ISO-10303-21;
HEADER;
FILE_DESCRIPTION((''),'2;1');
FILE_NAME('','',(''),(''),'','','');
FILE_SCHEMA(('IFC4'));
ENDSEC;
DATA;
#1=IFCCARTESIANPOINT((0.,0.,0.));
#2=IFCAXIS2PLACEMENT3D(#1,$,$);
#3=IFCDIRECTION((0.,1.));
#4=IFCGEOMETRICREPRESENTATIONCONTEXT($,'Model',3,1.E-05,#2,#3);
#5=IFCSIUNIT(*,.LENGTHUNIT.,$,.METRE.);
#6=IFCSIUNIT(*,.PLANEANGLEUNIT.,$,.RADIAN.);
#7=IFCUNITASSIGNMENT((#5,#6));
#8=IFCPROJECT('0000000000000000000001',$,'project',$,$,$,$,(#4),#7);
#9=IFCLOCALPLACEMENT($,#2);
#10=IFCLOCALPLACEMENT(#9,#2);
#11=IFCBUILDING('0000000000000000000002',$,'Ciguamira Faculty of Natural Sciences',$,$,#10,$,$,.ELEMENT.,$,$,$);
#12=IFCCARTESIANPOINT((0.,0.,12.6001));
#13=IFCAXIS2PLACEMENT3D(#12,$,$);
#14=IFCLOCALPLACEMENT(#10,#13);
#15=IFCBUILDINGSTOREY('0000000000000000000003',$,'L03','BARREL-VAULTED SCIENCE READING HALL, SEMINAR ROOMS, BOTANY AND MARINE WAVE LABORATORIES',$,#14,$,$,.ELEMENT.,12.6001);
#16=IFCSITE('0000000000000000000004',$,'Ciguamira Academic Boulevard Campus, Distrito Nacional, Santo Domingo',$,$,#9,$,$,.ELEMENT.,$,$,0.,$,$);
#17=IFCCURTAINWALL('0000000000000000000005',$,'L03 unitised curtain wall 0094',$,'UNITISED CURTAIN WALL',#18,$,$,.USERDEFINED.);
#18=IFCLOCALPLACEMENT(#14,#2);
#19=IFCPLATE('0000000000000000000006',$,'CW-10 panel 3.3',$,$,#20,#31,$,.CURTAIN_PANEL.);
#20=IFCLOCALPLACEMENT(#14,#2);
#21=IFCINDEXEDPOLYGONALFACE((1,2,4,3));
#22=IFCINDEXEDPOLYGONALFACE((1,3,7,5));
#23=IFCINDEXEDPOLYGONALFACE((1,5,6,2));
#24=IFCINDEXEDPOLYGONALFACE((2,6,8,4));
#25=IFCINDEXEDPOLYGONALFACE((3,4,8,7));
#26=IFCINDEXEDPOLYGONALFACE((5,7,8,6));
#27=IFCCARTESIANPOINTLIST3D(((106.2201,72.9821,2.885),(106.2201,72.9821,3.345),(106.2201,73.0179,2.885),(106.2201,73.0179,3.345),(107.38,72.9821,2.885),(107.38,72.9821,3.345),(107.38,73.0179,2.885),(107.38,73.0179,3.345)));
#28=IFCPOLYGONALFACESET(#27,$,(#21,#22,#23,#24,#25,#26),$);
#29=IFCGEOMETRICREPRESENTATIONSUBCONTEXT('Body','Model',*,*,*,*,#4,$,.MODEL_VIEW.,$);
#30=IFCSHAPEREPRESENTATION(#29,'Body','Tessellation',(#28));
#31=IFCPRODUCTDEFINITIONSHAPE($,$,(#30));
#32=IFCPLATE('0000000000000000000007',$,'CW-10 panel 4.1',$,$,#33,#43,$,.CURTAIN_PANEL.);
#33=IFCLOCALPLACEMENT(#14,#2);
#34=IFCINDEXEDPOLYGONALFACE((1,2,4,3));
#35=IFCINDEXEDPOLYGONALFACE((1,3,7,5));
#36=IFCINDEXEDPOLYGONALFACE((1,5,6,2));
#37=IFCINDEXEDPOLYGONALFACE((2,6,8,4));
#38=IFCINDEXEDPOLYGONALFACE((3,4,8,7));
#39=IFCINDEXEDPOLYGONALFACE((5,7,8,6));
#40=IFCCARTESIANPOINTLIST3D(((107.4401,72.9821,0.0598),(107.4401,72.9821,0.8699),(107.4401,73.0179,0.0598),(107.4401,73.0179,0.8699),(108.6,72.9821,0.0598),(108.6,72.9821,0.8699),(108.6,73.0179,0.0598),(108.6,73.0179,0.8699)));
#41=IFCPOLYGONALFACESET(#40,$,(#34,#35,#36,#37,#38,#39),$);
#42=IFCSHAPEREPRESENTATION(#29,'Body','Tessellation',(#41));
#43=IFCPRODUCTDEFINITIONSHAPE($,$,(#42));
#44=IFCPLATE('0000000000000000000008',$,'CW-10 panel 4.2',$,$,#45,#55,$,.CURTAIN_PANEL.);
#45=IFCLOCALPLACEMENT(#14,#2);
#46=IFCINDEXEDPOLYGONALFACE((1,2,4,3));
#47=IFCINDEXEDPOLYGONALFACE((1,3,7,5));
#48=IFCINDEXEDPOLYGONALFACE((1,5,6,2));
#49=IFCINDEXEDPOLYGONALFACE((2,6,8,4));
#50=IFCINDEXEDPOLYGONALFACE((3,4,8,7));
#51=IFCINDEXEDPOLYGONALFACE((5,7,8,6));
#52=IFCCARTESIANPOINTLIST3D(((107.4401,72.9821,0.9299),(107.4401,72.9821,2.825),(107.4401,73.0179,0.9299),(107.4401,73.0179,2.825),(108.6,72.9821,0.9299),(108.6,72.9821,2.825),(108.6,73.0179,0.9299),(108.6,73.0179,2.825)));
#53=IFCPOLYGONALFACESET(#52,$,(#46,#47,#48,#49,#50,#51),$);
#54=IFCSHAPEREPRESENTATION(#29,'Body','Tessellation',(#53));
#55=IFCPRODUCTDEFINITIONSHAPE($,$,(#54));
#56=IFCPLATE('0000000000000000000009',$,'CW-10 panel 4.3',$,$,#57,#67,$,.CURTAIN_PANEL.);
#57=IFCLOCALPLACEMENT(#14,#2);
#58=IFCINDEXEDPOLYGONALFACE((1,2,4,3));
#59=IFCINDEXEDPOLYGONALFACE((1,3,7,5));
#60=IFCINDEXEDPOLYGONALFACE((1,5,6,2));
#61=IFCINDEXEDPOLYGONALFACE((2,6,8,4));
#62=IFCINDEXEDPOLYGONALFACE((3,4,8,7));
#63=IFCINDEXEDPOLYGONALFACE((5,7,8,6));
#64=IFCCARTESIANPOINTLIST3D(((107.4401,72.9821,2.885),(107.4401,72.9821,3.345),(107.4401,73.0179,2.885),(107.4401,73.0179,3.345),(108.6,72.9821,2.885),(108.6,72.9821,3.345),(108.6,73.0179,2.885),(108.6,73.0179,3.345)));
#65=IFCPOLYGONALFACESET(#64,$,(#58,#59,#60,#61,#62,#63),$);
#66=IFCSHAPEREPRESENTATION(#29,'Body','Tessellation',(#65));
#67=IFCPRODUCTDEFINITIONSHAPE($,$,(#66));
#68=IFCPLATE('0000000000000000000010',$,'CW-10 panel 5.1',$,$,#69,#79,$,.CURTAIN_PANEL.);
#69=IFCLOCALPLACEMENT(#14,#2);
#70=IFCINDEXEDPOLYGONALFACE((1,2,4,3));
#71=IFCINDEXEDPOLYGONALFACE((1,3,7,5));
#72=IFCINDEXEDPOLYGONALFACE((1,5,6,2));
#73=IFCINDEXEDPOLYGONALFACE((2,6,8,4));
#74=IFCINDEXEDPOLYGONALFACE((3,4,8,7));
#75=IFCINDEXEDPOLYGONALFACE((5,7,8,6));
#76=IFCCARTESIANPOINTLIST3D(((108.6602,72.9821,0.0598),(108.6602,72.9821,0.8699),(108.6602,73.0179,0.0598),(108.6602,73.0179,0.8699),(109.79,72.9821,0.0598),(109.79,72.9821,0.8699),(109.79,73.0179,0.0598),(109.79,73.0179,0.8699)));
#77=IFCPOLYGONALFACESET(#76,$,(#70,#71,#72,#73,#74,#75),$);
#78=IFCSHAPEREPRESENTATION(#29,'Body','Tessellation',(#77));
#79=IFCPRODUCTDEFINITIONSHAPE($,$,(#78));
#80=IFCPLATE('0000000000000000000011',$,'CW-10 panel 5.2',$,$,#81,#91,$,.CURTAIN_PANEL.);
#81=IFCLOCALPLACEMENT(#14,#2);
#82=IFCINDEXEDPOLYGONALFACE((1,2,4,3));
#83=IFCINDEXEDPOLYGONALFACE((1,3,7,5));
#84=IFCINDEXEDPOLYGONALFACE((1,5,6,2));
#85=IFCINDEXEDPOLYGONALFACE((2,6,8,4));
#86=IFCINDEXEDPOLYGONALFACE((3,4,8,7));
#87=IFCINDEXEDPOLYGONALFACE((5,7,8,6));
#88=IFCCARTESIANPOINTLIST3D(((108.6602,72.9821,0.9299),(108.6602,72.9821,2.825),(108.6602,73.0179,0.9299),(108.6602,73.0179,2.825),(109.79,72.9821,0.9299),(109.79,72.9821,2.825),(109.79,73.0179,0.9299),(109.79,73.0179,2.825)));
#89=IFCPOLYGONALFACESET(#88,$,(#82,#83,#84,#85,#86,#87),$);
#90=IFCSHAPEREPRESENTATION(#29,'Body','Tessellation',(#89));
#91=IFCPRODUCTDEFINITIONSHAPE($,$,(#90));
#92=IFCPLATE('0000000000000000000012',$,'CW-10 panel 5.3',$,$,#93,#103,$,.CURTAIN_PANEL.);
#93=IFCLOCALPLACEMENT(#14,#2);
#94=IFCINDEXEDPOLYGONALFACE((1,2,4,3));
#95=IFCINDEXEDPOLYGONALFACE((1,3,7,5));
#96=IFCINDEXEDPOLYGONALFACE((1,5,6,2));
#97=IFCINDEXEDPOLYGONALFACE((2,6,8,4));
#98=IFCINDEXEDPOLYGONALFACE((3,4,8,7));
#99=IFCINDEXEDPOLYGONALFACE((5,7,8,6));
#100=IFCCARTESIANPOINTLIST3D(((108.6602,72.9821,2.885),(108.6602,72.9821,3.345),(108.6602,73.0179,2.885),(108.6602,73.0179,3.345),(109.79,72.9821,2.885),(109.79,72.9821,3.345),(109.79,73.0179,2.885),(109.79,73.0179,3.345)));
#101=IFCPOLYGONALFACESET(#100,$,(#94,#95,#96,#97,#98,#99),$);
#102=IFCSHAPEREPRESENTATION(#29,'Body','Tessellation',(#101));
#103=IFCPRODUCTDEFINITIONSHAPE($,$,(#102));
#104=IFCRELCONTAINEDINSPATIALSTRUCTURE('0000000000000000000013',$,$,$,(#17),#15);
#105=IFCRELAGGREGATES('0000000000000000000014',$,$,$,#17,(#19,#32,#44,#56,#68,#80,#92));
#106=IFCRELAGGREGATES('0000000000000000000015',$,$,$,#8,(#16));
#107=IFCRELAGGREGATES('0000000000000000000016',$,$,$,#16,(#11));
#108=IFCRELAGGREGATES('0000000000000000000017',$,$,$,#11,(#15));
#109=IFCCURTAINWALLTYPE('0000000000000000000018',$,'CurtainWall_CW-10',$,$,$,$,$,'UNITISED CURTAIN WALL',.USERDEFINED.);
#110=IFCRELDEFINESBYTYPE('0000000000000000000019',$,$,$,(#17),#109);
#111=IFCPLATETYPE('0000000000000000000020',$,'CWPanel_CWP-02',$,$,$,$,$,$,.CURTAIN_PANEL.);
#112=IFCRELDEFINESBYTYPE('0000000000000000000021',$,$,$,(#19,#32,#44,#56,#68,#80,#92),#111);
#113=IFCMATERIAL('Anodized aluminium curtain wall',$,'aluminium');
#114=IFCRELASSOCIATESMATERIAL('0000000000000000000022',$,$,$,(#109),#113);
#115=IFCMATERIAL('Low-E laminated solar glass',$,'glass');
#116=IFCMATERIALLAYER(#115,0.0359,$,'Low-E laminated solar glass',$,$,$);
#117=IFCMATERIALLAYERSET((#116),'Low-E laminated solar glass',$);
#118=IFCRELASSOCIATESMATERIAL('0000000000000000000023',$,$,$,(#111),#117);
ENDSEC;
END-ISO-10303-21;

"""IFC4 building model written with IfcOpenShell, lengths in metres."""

from ifc_helpers import new_model, si_unit, direction, frame, origin, origin_2d, place, context, subcontext, project, spatial, rectangle, extrude, material, layer, layer_set, type_object, element, aggregate, save


model = new_model("IFC4")

# Units and contexts
model_context = context("Model", 3, precision=1e-05, world=origin(), true_north=direction((0.0, 1.0)))
body_context = subcontext(model_context, "Body", "Model", "MODEL_VIEW")
ifc_project = project(units=[si_unit("LENGTHUNIT", "METRE"), si_unit("PLANEANGLEUNIT", "RADIAN")], contexts=[model_context])

# Site, building, storey
site_placement = place(None, origin())
site = spatial("IfcSite", under=ifc_project, at=site_placement, Name="Ciguamira Academic Boulevard Campus, Distrito Nacional, Santo Domingo", CompositionType="ELEMENT", RefElevation=0.0)
building_placement = place(site_placement, origin())
building = spatial("IfcBuilding", under=site, at=building_placement, Name="Ciguamira Faculty of Natural Sciences", CompositionType="ELEMENT")
storey_placement = place(building_placement, frame((0.0, 0.0, 12.6001)))
storey = spatial("IfcBuildingStorey", under=building, at=storey_placement, Name="L03", Description="BARREL-VAULTED SCIENCE READING HALL, SEMINAR ROOMS, BOTANY AND MARINE WAVE LABORATORIES", CompositionType="ELEMENT", Elevation=12.6001)

# Curtain wall
ifc_material_1 = material(Name="Anodized aluminium curtain wall", Category="aluminium")
curtain_wall_type = type_object("IfcCurtainWallType", Name="CurtainWall_CW-10", ElementType="UNITISED CURTAIN WALL", PredefinedType="USERDEFINED", material=ifc_material_1)
curtain_wall_placement = place(storey_placement, origin())
curtain_wall = element("IfcCurtainWall", 1, at=curtain_wall_placement, inside=storey, type_object=curtain_wall_type, Name="L03 unitised curtain wall 0094", ObjectType="UNITISED CURTAIN WALL", PredefinedType="USERDEFINED")

# Plates
ifc_material_2 = material(Name="Low-E laminated solar glass", Category="glass")
ifc_layer = layer(ifc_material_2, 0.0359, Name="Low-E laminated solar glass")
ifc_layer_set = layer_set([ifc_layer], Name="Low-E laminated solar glass")
plate_type = type_object("IfcPlateType", Name="CWPanel_CWP-02", PredefinedType="CURTAIN_PANEL", material=ifc_layer_set)
plate_1_placement = place(storey_placement, frame((106.8, 73.0, 2.885), z_axis=(0.0, 0.0, 1.0), x_axis=(1.0, 0.0, 0.0)))
plate_1 = element("IfcPlate", 2, at=plate_1_placement, type_object=plate_type, Name="CW-10 panel 3.3", PredefinedType="CURTAIN_PANEL", context=body_context, shape_type="SweptSolid", body=[
    extrude(rectangle(XDim=1.1599, YDim=0.0359, at=origin_2d()), origin(), (0.0, 0.0, 1.0), 0.46),
])
plate_2_placement = place(storey_placement, frame((108.02, 73.0, 0.0598), z_axis=(0.0, 0.0, 1.0), x_axis=(1.0, 0.0, 0.0)))
plate_2 = element("IfcPlate", 3, at=plate_2_placement, type_object=plate_type, Name="CW-10 panel 4.1", PredefinedType="CURTAIN_PANEL", context=body_context, shape_type="SweptSolid", body=[
    extrude(rectangle(XDim=1.1599, YDim=0.0359, at=origin_2d()), origin(), (0.0, 0.0, 1.0), 0.8101),
])
plate_3_placement = place(storey_placement, frame((108.02, 73.0, 0.9299), z_axis=(0.0, 0.0, 1.0), x_axis=(1.0, 0.0, 0.0)))
plate_3 = element("IfcPlate", 4, at=plate_3_placement, type_object=plate_type, Name="CW-10 panel 4.2", PredefinedType="CURTAIN_PANEL", context=body_context, shape_type="SweptSolid", body=[
    extrude(rectangle(XDim=1.1599, YDim=0.0359, at=origin_2d()), origin(), (0.0, 0.0, 1.0), 1.895),
])
plate_4_placement = place(storey_placement, frame((108.02, 73.0, 2.885), z_axis=(0.0, 0.0, 1.0), x_axis=(1.0, 0.0, 0.0)))
plate_4 = element("IfcPlate", 5, at=plate_4_placement, type_object=plate_type, Name="CW-10 panel 4.3", PredefinedType="CURTAIN_PANEL", context=body_context, shape_type="SweptSolid", body=[
    extrude(rectangle(XDim=1.1599, YDim=0.0359, at=origin_2d()), origin(), (0.0, 0.0, 1.0), 0.46),
])
plate_5_placement = place(storey_placement, frame((109.2251, 73.0, 0.0598), z_axis=(0.0, 0.0, 1.0), x_axis=(1.0, 0.0, 0.0)))
plate_5 = element("IfcPlate", 6, at=plate_5_placement, type_object=plate_type, Name="CW-10 panel 5.1", PredefinedType="CURTAIN_PANEL", context=body_context, shape_type="SweptSolid", body=[
    extrude(rectangle(XDim=1.1299, YDim=0.0359, at=origin_2d()), origin(), (0.0, 0.0, 1.0), 0.8101),
])
plate_6_placement = place(storey_placement, frame((109.2251, 73.0, 0.9299), z_axis=(0.0, 0.0, 1.0), x_axis=(1.0, 0.0, 0.0)))
plate_6 = element("IfcPlate", 7, at=plate_6_placement, type_object=plate_type, Name="CW-10 panel 5.2", PredefinedType="CURTAIN_PANEL", context=body_context, shape_type="SweptSolid", body=[
    extrude(rectangle(XDim=1.1299, YDim=0.0359, at=origin_2d()), origin(), (0.0, 0.0, 1.0), 1.895),
])
plate_7_placement = place(storey_placement, frame((109.2251, 73.0, 2.885), z_axis=(0.0, 0.0, 1.0), x_axis=(1.0, 0.0, 0.0)))
plate_7 = element("IfcPlate", 8, at=plate_7_placement, type_object=plate_type, Name="CW-10 panel 5.3", PredefinedType="CURTAIN_PANEL", context=body_context, shape_type="SweptSolid", body=[
    extrude(rectangle(XDim=1.1299, YDim=0.0359, at=origin_2d()), origin(), (0.0, 0.0, 1.0), 0.46),
])
aggregate(curtain_wall, [plate_1, plate_2, plate_3, plate_4, plate_5, plate_6, plate_7])

save(model, "model.ifc")
